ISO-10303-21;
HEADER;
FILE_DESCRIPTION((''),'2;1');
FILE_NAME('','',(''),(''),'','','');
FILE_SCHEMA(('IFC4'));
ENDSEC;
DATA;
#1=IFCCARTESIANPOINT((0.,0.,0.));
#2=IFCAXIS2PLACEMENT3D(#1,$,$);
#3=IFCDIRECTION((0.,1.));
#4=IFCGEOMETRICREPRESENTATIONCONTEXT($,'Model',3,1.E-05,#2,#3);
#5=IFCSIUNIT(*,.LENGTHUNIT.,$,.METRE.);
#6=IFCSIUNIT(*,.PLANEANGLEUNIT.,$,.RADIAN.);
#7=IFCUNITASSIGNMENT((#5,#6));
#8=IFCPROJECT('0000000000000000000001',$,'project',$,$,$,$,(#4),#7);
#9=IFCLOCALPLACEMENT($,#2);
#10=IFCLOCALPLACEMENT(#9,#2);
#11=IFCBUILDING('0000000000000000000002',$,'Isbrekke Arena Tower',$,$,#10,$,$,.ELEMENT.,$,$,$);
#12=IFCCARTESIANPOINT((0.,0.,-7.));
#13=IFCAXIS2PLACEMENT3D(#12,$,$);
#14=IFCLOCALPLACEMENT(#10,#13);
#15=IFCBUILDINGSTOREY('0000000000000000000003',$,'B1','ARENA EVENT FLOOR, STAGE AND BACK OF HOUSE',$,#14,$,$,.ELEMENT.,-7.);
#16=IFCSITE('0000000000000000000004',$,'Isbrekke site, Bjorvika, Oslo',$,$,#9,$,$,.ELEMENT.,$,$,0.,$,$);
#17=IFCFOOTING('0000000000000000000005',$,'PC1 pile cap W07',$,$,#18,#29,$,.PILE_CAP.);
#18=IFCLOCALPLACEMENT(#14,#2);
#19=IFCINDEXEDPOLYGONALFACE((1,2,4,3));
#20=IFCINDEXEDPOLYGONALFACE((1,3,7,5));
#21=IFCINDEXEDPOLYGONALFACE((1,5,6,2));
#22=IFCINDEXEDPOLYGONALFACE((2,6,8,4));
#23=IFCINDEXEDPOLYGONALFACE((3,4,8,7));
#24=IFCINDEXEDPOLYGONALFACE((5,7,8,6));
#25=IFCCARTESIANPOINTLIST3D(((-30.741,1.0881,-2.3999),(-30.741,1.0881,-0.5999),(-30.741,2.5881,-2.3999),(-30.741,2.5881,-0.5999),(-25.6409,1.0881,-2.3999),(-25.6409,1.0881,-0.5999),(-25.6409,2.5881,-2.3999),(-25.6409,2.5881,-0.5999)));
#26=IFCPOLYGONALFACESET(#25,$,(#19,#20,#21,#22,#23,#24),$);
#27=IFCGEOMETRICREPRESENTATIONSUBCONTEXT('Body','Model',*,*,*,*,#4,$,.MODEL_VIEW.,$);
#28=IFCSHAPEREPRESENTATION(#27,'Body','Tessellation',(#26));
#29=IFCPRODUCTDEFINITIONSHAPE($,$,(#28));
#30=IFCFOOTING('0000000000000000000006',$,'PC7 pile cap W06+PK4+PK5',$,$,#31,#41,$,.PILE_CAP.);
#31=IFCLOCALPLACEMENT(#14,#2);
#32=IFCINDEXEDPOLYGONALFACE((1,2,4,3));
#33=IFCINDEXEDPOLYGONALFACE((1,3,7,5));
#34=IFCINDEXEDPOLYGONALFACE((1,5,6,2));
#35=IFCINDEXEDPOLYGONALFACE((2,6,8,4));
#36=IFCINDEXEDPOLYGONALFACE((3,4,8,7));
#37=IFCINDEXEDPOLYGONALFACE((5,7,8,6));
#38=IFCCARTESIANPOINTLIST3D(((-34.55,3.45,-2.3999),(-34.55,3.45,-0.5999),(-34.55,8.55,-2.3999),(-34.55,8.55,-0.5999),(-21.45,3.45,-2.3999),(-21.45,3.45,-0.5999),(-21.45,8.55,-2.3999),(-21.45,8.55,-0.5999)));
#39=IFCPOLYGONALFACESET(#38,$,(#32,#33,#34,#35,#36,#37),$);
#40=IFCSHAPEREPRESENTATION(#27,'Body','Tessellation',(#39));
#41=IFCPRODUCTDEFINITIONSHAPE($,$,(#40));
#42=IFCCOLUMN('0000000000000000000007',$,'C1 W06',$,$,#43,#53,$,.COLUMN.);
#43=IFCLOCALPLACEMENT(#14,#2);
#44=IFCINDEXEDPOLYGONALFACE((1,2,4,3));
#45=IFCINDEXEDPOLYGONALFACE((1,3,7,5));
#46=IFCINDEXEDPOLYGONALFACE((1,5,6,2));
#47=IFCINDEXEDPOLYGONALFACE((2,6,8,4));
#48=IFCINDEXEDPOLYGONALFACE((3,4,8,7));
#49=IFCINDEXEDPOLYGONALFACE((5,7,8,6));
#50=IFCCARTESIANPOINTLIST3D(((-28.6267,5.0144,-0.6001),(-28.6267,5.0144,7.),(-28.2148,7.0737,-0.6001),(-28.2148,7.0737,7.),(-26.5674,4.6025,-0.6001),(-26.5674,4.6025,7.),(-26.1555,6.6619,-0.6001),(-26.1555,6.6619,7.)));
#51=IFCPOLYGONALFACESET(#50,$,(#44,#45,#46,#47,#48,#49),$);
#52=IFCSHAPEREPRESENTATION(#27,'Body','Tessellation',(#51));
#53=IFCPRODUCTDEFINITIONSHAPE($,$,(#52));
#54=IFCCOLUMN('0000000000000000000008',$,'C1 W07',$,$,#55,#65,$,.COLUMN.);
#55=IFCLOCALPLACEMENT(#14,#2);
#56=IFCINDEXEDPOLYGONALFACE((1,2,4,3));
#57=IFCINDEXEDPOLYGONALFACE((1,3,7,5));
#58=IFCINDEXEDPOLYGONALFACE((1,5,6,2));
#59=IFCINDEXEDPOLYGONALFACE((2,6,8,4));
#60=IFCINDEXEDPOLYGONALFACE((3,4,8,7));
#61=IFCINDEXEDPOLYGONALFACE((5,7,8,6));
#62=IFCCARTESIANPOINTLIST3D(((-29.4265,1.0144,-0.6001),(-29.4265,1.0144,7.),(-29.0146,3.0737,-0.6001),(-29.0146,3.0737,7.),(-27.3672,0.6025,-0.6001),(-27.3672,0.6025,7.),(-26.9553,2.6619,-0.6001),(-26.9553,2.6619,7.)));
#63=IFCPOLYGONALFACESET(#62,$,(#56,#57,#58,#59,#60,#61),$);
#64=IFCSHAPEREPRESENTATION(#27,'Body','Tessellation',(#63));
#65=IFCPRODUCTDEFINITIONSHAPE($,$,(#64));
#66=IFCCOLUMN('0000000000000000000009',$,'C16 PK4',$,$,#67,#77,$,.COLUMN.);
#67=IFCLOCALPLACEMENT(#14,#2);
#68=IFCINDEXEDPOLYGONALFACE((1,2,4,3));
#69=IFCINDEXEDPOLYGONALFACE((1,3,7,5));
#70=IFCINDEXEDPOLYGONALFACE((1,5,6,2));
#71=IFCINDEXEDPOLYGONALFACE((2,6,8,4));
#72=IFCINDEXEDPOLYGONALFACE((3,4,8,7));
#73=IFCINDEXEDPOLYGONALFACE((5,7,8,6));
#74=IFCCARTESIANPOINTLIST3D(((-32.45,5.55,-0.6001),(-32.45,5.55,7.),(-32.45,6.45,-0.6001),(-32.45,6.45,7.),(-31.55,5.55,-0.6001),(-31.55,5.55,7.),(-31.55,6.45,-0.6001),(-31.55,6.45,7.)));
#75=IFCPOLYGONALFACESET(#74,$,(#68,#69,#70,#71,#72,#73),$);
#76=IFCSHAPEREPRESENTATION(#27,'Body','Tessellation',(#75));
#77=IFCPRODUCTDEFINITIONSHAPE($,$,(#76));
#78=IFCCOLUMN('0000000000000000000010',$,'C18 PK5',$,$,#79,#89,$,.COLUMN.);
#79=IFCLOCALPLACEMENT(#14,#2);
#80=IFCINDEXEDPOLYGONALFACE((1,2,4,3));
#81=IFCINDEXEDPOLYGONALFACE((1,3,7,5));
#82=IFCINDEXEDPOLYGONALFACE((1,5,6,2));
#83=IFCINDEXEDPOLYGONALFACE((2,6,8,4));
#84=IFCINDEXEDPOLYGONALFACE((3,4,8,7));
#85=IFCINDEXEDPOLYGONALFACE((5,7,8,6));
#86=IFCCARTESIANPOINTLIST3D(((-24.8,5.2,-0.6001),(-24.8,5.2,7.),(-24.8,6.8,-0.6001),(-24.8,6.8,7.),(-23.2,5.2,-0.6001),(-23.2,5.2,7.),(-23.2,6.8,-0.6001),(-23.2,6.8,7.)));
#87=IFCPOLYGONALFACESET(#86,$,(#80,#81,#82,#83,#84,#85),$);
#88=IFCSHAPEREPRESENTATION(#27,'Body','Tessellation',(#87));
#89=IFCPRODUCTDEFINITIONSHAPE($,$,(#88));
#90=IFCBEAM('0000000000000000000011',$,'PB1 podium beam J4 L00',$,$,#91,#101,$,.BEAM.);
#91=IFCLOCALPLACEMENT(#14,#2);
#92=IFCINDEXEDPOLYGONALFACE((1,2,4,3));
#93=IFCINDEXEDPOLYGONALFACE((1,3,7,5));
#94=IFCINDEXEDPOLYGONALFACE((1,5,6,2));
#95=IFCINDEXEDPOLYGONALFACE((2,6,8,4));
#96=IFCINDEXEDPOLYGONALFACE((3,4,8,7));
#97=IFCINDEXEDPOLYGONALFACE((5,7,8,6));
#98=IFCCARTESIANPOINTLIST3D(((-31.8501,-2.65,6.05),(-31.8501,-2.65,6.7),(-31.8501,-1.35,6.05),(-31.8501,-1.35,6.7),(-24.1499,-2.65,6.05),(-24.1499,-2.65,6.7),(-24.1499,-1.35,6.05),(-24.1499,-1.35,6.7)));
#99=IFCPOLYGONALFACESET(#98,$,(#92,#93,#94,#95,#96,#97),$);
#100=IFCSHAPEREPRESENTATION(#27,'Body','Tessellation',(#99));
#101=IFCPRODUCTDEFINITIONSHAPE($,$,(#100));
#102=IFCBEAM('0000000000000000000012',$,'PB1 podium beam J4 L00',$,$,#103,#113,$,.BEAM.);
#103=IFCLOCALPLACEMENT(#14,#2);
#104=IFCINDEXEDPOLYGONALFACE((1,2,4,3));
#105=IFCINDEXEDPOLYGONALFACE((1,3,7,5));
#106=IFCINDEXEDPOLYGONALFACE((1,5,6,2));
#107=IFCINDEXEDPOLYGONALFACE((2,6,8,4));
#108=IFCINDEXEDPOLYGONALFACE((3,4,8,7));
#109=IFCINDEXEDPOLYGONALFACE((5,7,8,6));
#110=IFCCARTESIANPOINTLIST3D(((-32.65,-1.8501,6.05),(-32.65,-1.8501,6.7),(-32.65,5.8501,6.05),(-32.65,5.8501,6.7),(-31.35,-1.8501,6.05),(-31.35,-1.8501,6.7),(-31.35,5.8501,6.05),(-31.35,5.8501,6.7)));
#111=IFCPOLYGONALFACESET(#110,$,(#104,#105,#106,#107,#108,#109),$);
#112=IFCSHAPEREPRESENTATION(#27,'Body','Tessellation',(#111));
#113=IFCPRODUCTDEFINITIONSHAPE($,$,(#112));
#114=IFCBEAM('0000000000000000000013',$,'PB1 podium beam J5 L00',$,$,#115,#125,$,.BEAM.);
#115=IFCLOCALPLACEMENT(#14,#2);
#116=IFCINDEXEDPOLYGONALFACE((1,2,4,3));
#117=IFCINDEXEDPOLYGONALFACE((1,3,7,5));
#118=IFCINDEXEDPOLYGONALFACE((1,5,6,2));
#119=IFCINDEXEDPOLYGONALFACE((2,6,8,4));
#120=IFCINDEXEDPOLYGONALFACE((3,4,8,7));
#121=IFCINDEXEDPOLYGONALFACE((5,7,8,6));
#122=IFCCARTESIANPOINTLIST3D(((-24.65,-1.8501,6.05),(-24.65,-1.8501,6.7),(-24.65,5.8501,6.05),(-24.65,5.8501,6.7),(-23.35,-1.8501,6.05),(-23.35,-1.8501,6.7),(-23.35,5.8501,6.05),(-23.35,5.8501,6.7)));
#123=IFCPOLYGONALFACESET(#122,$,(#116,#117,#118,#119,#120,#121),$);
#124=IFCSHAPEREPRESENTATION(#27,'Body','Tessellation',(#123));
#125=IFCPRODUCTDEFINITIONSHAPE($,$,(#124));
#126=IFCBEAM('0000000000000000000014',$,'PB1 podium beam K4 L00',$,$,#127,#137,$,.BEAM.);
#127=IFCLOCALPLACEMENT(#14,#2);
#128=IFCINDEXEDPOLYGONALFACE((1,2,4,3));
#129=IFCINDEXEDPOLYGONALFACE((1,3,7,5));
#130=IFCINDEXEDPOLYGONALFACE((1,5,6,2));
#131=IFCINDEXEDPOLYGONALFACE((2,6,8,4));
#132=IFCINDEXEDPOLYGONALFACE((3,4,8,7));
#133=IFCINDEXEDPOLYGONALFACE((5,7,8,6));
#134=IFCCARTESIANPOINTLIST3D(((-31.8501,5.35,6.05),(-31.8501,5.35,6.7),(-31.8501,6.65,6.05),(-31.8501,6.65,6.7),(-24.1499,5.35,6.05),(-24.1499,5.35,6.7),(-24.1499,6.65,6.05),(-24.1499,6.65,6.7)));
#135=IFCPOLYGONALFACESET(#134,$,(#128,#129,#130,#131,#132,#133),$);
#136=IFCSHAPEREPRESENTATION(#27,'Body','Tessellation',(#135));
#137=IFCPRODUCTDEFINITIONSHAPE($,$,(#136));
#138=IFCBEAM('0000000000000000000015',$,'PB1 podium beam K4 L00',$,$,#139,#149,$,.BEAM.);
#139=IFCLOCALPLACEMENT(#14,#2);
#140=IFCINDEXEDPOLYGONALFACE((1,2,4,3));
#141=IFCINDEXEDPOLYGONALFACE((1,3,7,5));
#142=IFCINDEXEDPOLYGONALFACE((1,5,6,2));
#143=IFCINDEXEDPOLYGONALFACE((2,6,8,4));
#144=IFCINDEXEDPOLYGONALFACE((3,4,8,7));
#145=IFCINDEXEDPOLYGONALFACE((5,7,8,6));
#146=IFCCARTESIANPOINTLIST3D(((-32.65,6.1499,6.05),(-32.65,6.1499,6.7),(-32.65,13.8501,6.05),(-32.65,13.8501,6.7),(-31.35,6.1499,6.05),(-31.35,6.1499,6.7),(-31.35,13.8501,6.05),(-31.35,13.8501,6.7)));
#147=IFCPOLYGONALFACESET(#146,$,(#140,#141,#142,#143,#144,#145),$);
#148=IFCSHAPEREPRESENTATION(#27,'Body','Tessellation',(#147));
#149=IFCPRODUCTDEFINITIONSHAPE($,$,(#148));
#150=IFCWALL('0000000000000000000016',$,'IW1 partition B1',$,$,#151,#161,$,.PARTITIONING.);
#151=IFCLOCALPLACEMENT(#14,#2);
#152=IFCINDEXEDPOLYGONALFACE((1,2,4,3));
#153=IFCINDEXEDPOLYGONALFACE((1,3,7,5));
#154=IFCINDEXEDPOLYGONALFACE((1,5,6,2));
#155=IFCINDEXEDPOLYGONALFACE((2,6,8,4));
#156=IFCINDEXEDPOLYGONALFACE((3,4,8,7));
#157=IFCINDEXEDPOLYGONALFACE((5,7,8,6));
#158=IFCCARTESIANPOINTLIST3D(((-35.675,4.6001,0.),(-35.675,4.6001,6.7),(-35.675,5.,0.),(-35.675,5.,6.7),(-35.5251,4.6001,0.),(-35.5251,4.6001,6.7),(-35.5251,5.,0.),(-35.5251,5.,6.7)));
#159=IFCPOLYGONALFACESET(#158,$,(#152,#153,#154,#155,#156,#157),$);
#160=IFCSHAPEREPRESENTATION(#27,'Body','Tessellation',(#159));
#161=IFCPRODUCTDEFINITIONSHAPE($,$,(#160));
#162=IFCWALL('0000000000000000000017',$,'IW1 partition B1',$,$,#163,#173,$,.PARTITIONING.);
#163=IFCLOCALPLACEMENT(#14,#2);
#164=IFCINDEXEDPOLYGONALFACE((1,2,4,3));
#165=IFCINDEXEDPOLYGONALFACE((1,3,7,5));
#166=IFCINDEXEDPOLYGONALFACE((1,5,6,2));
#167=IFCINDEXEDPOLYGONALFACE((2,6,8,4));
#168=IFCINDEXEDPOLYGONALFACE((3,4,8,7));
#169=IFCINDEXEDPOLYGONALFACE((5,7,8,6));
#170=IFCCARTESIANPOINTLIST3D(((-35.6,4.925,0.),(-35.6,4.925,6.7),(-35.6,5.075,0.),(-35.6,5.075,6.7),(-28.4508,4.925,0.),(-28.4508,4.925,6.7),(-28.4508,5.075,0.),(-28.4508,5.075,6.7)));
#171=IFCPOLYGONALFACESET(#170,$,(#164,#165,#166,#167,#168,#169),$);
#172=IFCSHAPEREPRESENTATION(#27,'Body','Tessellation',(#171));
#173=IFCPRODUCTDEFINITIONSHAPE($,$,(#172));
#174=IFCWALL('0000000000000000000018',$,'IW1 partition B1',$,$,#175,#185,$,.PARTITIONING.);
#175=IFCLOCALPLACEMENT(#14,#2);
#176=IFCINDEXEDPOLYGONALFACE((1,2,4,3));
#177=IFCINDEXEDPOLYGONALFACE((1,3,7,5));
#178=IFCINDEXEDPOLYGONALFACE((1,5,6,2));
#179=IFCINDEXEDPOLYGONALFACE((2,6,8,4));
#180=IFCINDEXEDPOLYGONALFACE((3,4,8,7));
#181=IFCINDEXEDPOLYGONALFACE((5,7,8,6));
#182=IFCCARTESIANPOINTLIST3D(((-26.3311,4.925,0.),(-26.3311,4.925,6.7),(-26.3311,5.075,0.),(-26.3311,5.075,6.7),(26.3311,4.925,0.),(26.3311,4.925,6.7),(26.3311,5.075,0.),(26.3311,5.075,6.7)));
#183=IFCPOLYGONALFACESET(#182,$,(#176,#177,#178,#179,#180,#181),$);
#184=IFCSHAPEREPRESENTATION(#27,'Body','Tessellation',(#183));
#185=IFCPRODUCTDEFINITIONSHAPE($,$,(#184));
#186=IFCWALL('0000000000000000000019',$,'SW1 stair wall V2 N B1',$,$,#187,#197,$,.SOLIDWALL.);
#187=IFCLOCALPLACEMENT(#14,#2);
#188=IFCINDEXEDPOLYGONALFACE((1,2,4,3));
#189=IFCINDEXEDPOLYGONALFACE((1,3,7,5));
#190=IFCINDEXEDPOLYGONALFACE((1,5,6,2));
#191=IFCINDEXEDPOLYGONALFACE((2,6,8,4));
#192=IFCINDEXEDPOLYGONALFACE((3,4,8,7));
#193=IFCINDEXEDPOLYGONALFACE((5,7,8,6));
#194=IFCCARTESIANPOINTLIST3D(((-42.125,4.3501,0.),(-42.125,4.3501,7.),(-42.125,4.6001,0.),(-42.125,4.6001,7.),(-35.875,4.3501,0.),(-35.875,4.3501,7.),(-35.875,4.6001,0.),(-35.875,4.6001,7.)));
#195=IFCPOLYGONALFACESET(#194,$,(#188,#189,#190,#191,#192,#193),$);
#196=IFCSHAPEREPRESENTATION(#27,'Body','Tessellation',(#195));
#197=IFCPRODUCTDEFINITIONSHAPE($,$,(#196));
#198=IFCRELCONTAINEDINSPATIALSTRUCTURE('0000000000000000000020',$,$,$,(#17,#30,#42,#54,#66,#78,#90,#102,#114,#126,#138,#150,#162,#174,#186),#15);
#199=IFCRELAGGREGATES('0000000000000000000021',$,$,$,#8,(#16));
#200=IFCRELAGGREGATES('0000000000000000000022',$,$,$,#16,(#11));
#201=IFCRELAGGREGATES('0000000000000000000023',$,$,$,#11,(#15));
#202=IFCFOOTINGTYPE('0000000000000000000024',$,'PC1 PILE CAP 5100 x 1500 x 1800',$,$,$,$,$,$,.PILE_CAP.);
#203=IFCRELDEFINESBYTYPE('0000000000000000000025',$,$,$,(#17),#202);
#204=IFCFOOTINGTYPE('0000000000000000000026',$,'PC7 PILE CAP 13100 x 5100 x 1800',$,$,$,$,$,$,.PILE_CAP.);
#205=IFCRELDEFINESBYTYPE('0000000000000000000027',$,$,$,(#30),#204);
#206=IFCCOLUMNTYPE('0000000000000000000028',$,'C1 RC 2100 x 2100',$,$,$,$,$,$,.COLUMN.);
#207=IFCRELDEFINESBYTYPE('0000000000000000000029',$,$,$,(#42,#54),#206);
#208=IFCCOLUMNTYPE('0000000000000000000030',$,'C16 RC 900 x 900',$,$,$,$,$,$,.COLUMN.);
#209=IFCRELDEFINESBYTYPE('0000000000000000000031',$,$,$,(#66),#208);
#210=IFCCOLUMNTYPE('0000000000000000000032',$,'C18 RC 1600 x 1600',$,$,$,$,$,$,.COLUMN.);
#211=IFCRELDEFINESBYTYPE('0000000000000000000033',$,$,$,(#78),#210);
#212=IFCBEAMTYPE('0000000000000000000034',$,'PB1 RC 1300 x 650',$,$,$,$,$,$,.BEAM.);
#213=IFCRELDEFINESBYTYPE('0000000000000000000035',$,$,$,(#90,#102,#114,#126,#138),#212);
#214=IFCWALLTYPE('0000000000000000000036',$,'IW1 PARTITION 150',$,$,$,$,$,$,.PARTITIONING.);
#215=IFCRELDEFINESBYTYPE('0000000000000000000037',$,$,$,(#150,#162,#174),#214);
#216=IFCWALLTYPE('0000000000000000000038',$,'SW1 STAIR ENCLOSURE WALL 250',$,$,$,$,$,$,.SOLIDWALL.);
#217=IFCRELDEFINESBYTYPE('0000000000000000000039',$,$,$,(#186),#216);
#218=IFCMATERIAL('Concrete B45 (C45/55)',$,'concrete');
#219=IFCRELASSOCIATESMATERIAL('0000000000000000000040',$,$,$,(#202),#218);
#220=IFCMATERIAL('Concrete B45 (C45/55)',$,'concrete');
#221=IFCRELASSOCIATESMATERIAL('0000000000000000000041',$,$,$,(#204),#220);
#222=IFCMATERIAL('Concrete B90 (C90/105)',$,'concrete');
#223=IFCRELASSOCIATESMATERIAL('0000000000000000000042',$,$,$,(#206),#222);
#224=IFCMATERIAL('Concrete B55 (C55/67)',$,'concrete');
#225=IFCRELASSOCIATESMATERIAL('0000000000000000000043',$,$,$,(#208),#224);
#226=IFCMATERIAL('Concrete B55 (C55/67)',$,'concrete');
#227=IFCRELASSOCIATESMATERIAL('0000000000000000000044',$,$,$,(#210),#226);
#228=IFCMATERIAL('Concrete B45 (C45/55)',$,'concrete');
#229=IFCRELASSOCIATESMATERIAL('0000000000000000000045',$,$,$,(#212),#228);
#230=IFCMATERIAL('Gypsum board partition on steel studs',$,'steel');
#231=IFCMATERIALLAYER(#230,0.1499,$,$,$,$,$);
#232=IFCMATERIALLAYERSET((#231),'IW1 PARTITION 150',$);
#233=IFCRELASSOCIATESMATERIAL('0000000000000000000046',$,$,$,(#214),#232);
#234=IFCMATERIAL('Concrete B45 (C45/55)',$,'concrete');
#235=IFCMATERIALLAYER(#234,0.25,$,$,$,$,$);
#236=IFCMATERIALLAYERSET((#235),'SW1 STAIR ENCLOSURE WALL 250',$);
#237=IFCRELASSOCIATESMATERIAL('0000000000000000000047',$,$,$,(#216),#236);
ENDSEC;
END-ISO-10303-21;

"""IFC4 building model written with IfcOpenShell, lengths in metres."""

from ifc_helpers import new_model, si_unit, direction, frame, frame_2d, origin, origin_2d, place, context, subcontext, project, spatial, rectangle, extrude, material, layer, layer_set, material_profile, profile_set, type_object, element, save


model = new_model("IFC4")

# Units and contexts
model_context = context("Model", 3, precision=1e-05, world=origin(), true_north=direction((0.0, 1.0)))
body_context = subcontext(model_context, "Body", "Model", "MODEL_VIEW")
ifc_project = project(units=[si_unit("LENGTHUNIT", "METRE"), si_unit("PLANEANGLEUNIT", "RADIAN")], contexts=[model_context])

# Site, building, storey
site_placement = place(None, origin())
site = spatial("IfcSite", under=ifc_project, at=site_placement, Name="Isbrekke site, Bjorvika, Oslo", CompositionType="ELEMENT", RefElevation=0.0)
building_placement = place(site_placement, origin())
building = spatial("IfcBuilding", under=site, at=building_placement, Name="Isbrekke Arena Tower", CompositionType="ELEMENT")
storey_placement = place(building_placement, frame((0.0, 0.0, -7.0)))
storey = spatial("IfcBuildingStorey", under=building, at=storey_placement, Name="B1", Description="ARENA EVENT FLOOR, STAGE AND BACK OF HOUSE", CompositionType="ELEMENT", Elevation=-7.0)

# Footings
ifc_material_1 = material(Name="Concrete B45 (C45/55)", Category="concrete")
footing_type_1 = type_object("IfcFootingType", Name="PC1 PILE CAP 5100 x 1500 x 1800", PredefinedType="PILE_CAP", material=ifc_material_1)
footing_1_placement = place(storey_placement, frame((-28.1909, 1.8381, -2.3999), z_axis=(0.0, 0.0, 1.0), x_axis=(1.0, 0.0, 0.0)))
element("IfcFooting", 1, at=footing_1_placement, inside=storey, type_object=footing_type_1, Name="PC1 pile cap W07", PredefinedType="PILE_CAP", context=body_context, shape_type="SweptSolid", body=[
    extrude(rectangle(XDim=5.1001, YDim=1.5, at=origin_2d()), origin(), (0.0, 0.0, 1.0), 1.8),
])
ifc_material_2 = material(Name="Concrete B45 (C45/55)", Category="concrete")
footing_type_2 = type_object("IfcFootingType", Name="PC7 PILE CAP 13100 x 5100 x 1800", PredefinedType="PILE_CAP", material=ifc_material_2)
footing_2_placement = place(storey_placement, frame((-28.0, 6.0, -2.3999), z_axis=(0.0, 0.0, 1.0), x_axis=(1.0, 0.0, 0.0)))
element("IfcFooting", 2, at=footing_2_placement, inside=storey, type_object=footing_type_2, Name="PC7 pile cap W06+PK4+PK5", PredefinedType="PILE_CAP", context=body_context, shape_type="SweptSolid", body=[
    extrude(rectangle(XDim=13.1001, YDim=5.1001, at=origin_2d()), origin(), (0.0, 0.0, 1.0), 1.8),
])

# Columns
ifc_material_3 = material(Name="Concrete B90 (C90/105)", Category="concrete")
ifc_material_profile_1 = material_profile(ifc_material_3, rectangle(XDim=2.1001, YDim=2.1001, at=origin_2d()), Name="RC 2100x2100")
ifc_profile_set_1 = profile_set([ifc_material_profile_1], Name="Concrete B90 (C90/105)")
column_type_1 = type_object("IfcColumnType", Name="C1 RC 2100 x 2100", PredefinedType="COLUMN", material=ifc_profile_set_1)
for number, where, z_axis, x_axis, name in (
    (3, (-27.3911, 5.8381, -0.6001), (0.0, 0.0, 1.0), (-0.196116, -0.980581, 0.0), "C1 W06"),
    (4, (-28.1909, 1.8381, -0.6001), (0.0, 0.0, 1.0), (-0.196116, -0.980581, 0.0), "C1 W07"),
):
    element("IfcColumn", number, at=place(storey_placement, frame(where, z_axis=z_axis, x_axis=x_axis)), inside=storey, type_object=column_type_1, Name=name, PredefinedType="COLUMN", context=body_context, shape_type="SweptSolid", body=[
        extrude(rectangle(XDim=2.1001, YDim=2.1001, at=origin_2d()), origin(), (0.0, 0.0, 1.0), 7.6001),
    ])
ifc_material_4 = material(Name="Concrete B55 (C55/67)", Category="concrete")
ifc_material_profile_2 = material_profile(ifc_material_4, rectangle(XDim=0.8999, YDim=0.8999, at=origin_2d()), Name="RC 900x900")
ifc_profile_set_2 = profile_set([ifc_material_profile_2], Name="Concrete B55 (C55/67)")
column_type_2 = type_object("IfcColumnType", Name="C16 RC 900 x 900", PredefinedType="COLUMN", material=ifc_profile_set_2)
column_1_placement = place(storey_placement, frame((-32.0, 6.0, -0.6001), z_axis=(0.0, 0.0, 1.0), x_axis=(1.0, 0.0, 0.0)))
element("IfcColumn", 5, at=column_1_placement, inside=storey, type_object=column_type_2, Name="C16 PK4", PredefinedType="COLUMN", context=body_context, shape_type="SweptSolid", body=[
    extrude(rectangle(XDim=0.8999, YDim=0.8999, at=origin_2d()), origin(), (0.0, 0.0, 1.0), 7.6001),
])
ifc_material_5 = material(Name="Concrete B55 (C55/67)", Category="concrete")
ifc_material_profile_3 = material_profile(ifc_material_5, rectangle(XDim=1.6001, YDim=1.6001, at=origin_2d()), Name="RC 1600x1600")
ifc_profile_set_3 = profile_set([ifc_material_profile_3], Name="Concrete B55 (C55/67)")
column_type_3 = type_object("IfcColumnType", Name="C18 RC 1600 x 1600", PredefinedType="COLUMN", material=ifc_profile_set_3)
column_2_placement = place(storey_placement, frame((-24.0, 6.0, -0.6001), z_axis=(0.0, 0.0, 1.0), x_axis=(1.0, 0.0, 0.0)))
element("IfcColumn", 6, at=column_2_placement, inside=storey, type_object=column_type_3, Name="C18 PK5", PredefinedType="COLUMN", context=body_context, shape_type="SweptSolid", body=[
    extrude(rectangle(XDim=1.6001, YDim=1.6001, at=origin_2d()), origin(), (0.0, 0.0, 1.0), 7.6001),
])

# Beams
ifc_material_6 = material(Name="Concrete B45 (C45/55)", Category="concrete")
ifc_material_profile_4 = material_profile(ifc_material_6, rectangle(XDim=1.3, YDim=0.6499, at=origin_2d()), Name="RC 1300x650")
ifc_profile_set_4 = profile_set([ifc_material_profile_4], Name="Concrete B45 (C45/55)")
beam_type = type_object("IfcBeamType", Name="PB1 RC 1300 x 650", PredefinedType="BEAM", material=ifc_profile_set_4)
for number, where, z_axis, x_axis, name in (
    (7, (-31.8501, -2.0, 6.375), (1.0, 0.0, 0.0), (0.0, 1.0, 0.0), "PB1 podium beam J4 L00"),
    (8, (-32.0, -1.8501, 6.375), (0.0, 1.0, 0.0), (-1.0, 0.0, 0.0), "PB1 podium beam J4 L00"),
    (9, (-24.0, -1.8501, 6.375), (0.0, 1.0, 0.0), (-1.0, 0.0, 0.0), "PB1 podium beam J5 L00"),
    (10, (-31.8501, 6.0, 6.375), (1.0, 0.0, 0.0), (0.0, 1.0, 0.0), "PB1 podium beam K4 L00"),
    (11, (-32.0, 6.1499, 6.375), (0.0, 1.0, 0.0), (-1.0, 0.0, 0.0), "PB1 podium beam K4 L00"),
):
    element("IfcBeam", number, at=place(storey_placement, frame(where, z_axis=z_axis, x_axis=x_axis)), inside=storey, type_object=beam_type, Name=name, PredefinedType="BEAM", context=body_context, shape_type="SweptSolid", body=[
        extrude(rectangle(XDim=1.3, YDim=0.6499, at=origin_2d()), origin(), (0.0, 0.0, 1.0), 7.7002),
    ])

# Walls
ifc_material_7 = material(Name="Gypsum board partition on steel studs", Category="steel")
ifc_layer_1 = layer(ifc_material_7, 0.1499)
ifc_layer_set_1 = layer_set([ifc_layer_1], Name="IW1 PARTITION 150")
wall_type_1 = type_object("IfcWallType", Name="IW1 PARTITION 150", PredefinedType="PARTITIONING", material=ifc_layer_set_1)
wall_1_placement = place(storey_placement, frame((-35.6001, 4.6001, 0.0), z_axis=(0.0, 0.0, 1.0), x_axis=(0.0, 1.0, 0.0)))
element("IfcWall", 12, at=wall_1_placement, inside=storey, type_object=wall_type_1, Name="IW1 partition B1", PredefinedType="PARTITIONING", context=body_context, shape_type="SweptSolid", body=[
    extrude(rectangle(XDim=0.3999, YDim=0.1499, at=frame_2d((0.2, 0.0))), origin(), (0.0, 0.0, 1.0), 6.7),
])
wall_2_placement = place(storey_placement, frame((-35.6001, 5.0, 0.0), z_axis=(0.0, 0.0, 1.0), x_axis=(1.0, 0.0, 0.0)))
element("IfcWall", 13, at=wall_2_placement, inside=storey, type_object=wall_type_1, Name="IW1 partition B1", PredefinedType="PARTITIONING", context=body_context, shape_type="SweptSolid", body=[
    extrude(rectangle(XDim=7.1492, YDim=0.1499, at=frame_2d((3.5747, 0.0))), origin(), (0.0, 0.0, 1.0), 6.7),
])
wall_3_placement = place(storey_placement, frame((-26.3311, 5.0, 0.0), z_axis=(0.0, 0.0, 1.0), x_axis=(1.0, 0.0, 0.0)))
element("IfcWall", 14, at=wall_3_placement, inside=storey, type_object=wall_type_1, Name="IW1 partition B1", PredefinedType="PARTITIONING", context=body_context, shape_type="SweptSolid", body=[
    extrude(rectangle(XDim=52.6621, YDim=0.1499, at=frame_2d((26.3311, 0.0))), origin(), (0.0, 0.0, 1.0), 6.7),
])
ifc_material_8 = material(Name="Concrete B45 (C45/55)", Category="concrete")
ifc_layer_2 = layer(ifc_material_8, 0.25)
ifc_layer_set_2 = layer_set([ifc_layer_2], Name="SW1 STAIR ENCLOSURE WALL 250")
wall_type_2 = type_object("IfcWallType", Name="SW1 STAIR ENCLOSURE WALL 250", PredefinedType="SOLIDWALL", material=ifc_layer_set_2)
wall_4_placement = place(storey_placement, frame((-35.875, 4.4751, 0.0), z_axis=(0.0, 0.0, 1.0), x_axis=(-1.0, 0.0, 0.0)))
element("IfcWall", 15, at=wall_4_placement, inside=storey, type_object=wall_type_2, Name="SW1 stair wall V2 N B1", PredefinedType="SOLIDWALL", context=body_context, shape_type="SweptSolid", body=[
    extrude(rectangle(XDim=6.25, YDim=0.25, at=frame_2d((3.125, 0.0))), origin(), (0.0, 0.0, 1.0), 7.0),
])

save(model, "model.ifc")
